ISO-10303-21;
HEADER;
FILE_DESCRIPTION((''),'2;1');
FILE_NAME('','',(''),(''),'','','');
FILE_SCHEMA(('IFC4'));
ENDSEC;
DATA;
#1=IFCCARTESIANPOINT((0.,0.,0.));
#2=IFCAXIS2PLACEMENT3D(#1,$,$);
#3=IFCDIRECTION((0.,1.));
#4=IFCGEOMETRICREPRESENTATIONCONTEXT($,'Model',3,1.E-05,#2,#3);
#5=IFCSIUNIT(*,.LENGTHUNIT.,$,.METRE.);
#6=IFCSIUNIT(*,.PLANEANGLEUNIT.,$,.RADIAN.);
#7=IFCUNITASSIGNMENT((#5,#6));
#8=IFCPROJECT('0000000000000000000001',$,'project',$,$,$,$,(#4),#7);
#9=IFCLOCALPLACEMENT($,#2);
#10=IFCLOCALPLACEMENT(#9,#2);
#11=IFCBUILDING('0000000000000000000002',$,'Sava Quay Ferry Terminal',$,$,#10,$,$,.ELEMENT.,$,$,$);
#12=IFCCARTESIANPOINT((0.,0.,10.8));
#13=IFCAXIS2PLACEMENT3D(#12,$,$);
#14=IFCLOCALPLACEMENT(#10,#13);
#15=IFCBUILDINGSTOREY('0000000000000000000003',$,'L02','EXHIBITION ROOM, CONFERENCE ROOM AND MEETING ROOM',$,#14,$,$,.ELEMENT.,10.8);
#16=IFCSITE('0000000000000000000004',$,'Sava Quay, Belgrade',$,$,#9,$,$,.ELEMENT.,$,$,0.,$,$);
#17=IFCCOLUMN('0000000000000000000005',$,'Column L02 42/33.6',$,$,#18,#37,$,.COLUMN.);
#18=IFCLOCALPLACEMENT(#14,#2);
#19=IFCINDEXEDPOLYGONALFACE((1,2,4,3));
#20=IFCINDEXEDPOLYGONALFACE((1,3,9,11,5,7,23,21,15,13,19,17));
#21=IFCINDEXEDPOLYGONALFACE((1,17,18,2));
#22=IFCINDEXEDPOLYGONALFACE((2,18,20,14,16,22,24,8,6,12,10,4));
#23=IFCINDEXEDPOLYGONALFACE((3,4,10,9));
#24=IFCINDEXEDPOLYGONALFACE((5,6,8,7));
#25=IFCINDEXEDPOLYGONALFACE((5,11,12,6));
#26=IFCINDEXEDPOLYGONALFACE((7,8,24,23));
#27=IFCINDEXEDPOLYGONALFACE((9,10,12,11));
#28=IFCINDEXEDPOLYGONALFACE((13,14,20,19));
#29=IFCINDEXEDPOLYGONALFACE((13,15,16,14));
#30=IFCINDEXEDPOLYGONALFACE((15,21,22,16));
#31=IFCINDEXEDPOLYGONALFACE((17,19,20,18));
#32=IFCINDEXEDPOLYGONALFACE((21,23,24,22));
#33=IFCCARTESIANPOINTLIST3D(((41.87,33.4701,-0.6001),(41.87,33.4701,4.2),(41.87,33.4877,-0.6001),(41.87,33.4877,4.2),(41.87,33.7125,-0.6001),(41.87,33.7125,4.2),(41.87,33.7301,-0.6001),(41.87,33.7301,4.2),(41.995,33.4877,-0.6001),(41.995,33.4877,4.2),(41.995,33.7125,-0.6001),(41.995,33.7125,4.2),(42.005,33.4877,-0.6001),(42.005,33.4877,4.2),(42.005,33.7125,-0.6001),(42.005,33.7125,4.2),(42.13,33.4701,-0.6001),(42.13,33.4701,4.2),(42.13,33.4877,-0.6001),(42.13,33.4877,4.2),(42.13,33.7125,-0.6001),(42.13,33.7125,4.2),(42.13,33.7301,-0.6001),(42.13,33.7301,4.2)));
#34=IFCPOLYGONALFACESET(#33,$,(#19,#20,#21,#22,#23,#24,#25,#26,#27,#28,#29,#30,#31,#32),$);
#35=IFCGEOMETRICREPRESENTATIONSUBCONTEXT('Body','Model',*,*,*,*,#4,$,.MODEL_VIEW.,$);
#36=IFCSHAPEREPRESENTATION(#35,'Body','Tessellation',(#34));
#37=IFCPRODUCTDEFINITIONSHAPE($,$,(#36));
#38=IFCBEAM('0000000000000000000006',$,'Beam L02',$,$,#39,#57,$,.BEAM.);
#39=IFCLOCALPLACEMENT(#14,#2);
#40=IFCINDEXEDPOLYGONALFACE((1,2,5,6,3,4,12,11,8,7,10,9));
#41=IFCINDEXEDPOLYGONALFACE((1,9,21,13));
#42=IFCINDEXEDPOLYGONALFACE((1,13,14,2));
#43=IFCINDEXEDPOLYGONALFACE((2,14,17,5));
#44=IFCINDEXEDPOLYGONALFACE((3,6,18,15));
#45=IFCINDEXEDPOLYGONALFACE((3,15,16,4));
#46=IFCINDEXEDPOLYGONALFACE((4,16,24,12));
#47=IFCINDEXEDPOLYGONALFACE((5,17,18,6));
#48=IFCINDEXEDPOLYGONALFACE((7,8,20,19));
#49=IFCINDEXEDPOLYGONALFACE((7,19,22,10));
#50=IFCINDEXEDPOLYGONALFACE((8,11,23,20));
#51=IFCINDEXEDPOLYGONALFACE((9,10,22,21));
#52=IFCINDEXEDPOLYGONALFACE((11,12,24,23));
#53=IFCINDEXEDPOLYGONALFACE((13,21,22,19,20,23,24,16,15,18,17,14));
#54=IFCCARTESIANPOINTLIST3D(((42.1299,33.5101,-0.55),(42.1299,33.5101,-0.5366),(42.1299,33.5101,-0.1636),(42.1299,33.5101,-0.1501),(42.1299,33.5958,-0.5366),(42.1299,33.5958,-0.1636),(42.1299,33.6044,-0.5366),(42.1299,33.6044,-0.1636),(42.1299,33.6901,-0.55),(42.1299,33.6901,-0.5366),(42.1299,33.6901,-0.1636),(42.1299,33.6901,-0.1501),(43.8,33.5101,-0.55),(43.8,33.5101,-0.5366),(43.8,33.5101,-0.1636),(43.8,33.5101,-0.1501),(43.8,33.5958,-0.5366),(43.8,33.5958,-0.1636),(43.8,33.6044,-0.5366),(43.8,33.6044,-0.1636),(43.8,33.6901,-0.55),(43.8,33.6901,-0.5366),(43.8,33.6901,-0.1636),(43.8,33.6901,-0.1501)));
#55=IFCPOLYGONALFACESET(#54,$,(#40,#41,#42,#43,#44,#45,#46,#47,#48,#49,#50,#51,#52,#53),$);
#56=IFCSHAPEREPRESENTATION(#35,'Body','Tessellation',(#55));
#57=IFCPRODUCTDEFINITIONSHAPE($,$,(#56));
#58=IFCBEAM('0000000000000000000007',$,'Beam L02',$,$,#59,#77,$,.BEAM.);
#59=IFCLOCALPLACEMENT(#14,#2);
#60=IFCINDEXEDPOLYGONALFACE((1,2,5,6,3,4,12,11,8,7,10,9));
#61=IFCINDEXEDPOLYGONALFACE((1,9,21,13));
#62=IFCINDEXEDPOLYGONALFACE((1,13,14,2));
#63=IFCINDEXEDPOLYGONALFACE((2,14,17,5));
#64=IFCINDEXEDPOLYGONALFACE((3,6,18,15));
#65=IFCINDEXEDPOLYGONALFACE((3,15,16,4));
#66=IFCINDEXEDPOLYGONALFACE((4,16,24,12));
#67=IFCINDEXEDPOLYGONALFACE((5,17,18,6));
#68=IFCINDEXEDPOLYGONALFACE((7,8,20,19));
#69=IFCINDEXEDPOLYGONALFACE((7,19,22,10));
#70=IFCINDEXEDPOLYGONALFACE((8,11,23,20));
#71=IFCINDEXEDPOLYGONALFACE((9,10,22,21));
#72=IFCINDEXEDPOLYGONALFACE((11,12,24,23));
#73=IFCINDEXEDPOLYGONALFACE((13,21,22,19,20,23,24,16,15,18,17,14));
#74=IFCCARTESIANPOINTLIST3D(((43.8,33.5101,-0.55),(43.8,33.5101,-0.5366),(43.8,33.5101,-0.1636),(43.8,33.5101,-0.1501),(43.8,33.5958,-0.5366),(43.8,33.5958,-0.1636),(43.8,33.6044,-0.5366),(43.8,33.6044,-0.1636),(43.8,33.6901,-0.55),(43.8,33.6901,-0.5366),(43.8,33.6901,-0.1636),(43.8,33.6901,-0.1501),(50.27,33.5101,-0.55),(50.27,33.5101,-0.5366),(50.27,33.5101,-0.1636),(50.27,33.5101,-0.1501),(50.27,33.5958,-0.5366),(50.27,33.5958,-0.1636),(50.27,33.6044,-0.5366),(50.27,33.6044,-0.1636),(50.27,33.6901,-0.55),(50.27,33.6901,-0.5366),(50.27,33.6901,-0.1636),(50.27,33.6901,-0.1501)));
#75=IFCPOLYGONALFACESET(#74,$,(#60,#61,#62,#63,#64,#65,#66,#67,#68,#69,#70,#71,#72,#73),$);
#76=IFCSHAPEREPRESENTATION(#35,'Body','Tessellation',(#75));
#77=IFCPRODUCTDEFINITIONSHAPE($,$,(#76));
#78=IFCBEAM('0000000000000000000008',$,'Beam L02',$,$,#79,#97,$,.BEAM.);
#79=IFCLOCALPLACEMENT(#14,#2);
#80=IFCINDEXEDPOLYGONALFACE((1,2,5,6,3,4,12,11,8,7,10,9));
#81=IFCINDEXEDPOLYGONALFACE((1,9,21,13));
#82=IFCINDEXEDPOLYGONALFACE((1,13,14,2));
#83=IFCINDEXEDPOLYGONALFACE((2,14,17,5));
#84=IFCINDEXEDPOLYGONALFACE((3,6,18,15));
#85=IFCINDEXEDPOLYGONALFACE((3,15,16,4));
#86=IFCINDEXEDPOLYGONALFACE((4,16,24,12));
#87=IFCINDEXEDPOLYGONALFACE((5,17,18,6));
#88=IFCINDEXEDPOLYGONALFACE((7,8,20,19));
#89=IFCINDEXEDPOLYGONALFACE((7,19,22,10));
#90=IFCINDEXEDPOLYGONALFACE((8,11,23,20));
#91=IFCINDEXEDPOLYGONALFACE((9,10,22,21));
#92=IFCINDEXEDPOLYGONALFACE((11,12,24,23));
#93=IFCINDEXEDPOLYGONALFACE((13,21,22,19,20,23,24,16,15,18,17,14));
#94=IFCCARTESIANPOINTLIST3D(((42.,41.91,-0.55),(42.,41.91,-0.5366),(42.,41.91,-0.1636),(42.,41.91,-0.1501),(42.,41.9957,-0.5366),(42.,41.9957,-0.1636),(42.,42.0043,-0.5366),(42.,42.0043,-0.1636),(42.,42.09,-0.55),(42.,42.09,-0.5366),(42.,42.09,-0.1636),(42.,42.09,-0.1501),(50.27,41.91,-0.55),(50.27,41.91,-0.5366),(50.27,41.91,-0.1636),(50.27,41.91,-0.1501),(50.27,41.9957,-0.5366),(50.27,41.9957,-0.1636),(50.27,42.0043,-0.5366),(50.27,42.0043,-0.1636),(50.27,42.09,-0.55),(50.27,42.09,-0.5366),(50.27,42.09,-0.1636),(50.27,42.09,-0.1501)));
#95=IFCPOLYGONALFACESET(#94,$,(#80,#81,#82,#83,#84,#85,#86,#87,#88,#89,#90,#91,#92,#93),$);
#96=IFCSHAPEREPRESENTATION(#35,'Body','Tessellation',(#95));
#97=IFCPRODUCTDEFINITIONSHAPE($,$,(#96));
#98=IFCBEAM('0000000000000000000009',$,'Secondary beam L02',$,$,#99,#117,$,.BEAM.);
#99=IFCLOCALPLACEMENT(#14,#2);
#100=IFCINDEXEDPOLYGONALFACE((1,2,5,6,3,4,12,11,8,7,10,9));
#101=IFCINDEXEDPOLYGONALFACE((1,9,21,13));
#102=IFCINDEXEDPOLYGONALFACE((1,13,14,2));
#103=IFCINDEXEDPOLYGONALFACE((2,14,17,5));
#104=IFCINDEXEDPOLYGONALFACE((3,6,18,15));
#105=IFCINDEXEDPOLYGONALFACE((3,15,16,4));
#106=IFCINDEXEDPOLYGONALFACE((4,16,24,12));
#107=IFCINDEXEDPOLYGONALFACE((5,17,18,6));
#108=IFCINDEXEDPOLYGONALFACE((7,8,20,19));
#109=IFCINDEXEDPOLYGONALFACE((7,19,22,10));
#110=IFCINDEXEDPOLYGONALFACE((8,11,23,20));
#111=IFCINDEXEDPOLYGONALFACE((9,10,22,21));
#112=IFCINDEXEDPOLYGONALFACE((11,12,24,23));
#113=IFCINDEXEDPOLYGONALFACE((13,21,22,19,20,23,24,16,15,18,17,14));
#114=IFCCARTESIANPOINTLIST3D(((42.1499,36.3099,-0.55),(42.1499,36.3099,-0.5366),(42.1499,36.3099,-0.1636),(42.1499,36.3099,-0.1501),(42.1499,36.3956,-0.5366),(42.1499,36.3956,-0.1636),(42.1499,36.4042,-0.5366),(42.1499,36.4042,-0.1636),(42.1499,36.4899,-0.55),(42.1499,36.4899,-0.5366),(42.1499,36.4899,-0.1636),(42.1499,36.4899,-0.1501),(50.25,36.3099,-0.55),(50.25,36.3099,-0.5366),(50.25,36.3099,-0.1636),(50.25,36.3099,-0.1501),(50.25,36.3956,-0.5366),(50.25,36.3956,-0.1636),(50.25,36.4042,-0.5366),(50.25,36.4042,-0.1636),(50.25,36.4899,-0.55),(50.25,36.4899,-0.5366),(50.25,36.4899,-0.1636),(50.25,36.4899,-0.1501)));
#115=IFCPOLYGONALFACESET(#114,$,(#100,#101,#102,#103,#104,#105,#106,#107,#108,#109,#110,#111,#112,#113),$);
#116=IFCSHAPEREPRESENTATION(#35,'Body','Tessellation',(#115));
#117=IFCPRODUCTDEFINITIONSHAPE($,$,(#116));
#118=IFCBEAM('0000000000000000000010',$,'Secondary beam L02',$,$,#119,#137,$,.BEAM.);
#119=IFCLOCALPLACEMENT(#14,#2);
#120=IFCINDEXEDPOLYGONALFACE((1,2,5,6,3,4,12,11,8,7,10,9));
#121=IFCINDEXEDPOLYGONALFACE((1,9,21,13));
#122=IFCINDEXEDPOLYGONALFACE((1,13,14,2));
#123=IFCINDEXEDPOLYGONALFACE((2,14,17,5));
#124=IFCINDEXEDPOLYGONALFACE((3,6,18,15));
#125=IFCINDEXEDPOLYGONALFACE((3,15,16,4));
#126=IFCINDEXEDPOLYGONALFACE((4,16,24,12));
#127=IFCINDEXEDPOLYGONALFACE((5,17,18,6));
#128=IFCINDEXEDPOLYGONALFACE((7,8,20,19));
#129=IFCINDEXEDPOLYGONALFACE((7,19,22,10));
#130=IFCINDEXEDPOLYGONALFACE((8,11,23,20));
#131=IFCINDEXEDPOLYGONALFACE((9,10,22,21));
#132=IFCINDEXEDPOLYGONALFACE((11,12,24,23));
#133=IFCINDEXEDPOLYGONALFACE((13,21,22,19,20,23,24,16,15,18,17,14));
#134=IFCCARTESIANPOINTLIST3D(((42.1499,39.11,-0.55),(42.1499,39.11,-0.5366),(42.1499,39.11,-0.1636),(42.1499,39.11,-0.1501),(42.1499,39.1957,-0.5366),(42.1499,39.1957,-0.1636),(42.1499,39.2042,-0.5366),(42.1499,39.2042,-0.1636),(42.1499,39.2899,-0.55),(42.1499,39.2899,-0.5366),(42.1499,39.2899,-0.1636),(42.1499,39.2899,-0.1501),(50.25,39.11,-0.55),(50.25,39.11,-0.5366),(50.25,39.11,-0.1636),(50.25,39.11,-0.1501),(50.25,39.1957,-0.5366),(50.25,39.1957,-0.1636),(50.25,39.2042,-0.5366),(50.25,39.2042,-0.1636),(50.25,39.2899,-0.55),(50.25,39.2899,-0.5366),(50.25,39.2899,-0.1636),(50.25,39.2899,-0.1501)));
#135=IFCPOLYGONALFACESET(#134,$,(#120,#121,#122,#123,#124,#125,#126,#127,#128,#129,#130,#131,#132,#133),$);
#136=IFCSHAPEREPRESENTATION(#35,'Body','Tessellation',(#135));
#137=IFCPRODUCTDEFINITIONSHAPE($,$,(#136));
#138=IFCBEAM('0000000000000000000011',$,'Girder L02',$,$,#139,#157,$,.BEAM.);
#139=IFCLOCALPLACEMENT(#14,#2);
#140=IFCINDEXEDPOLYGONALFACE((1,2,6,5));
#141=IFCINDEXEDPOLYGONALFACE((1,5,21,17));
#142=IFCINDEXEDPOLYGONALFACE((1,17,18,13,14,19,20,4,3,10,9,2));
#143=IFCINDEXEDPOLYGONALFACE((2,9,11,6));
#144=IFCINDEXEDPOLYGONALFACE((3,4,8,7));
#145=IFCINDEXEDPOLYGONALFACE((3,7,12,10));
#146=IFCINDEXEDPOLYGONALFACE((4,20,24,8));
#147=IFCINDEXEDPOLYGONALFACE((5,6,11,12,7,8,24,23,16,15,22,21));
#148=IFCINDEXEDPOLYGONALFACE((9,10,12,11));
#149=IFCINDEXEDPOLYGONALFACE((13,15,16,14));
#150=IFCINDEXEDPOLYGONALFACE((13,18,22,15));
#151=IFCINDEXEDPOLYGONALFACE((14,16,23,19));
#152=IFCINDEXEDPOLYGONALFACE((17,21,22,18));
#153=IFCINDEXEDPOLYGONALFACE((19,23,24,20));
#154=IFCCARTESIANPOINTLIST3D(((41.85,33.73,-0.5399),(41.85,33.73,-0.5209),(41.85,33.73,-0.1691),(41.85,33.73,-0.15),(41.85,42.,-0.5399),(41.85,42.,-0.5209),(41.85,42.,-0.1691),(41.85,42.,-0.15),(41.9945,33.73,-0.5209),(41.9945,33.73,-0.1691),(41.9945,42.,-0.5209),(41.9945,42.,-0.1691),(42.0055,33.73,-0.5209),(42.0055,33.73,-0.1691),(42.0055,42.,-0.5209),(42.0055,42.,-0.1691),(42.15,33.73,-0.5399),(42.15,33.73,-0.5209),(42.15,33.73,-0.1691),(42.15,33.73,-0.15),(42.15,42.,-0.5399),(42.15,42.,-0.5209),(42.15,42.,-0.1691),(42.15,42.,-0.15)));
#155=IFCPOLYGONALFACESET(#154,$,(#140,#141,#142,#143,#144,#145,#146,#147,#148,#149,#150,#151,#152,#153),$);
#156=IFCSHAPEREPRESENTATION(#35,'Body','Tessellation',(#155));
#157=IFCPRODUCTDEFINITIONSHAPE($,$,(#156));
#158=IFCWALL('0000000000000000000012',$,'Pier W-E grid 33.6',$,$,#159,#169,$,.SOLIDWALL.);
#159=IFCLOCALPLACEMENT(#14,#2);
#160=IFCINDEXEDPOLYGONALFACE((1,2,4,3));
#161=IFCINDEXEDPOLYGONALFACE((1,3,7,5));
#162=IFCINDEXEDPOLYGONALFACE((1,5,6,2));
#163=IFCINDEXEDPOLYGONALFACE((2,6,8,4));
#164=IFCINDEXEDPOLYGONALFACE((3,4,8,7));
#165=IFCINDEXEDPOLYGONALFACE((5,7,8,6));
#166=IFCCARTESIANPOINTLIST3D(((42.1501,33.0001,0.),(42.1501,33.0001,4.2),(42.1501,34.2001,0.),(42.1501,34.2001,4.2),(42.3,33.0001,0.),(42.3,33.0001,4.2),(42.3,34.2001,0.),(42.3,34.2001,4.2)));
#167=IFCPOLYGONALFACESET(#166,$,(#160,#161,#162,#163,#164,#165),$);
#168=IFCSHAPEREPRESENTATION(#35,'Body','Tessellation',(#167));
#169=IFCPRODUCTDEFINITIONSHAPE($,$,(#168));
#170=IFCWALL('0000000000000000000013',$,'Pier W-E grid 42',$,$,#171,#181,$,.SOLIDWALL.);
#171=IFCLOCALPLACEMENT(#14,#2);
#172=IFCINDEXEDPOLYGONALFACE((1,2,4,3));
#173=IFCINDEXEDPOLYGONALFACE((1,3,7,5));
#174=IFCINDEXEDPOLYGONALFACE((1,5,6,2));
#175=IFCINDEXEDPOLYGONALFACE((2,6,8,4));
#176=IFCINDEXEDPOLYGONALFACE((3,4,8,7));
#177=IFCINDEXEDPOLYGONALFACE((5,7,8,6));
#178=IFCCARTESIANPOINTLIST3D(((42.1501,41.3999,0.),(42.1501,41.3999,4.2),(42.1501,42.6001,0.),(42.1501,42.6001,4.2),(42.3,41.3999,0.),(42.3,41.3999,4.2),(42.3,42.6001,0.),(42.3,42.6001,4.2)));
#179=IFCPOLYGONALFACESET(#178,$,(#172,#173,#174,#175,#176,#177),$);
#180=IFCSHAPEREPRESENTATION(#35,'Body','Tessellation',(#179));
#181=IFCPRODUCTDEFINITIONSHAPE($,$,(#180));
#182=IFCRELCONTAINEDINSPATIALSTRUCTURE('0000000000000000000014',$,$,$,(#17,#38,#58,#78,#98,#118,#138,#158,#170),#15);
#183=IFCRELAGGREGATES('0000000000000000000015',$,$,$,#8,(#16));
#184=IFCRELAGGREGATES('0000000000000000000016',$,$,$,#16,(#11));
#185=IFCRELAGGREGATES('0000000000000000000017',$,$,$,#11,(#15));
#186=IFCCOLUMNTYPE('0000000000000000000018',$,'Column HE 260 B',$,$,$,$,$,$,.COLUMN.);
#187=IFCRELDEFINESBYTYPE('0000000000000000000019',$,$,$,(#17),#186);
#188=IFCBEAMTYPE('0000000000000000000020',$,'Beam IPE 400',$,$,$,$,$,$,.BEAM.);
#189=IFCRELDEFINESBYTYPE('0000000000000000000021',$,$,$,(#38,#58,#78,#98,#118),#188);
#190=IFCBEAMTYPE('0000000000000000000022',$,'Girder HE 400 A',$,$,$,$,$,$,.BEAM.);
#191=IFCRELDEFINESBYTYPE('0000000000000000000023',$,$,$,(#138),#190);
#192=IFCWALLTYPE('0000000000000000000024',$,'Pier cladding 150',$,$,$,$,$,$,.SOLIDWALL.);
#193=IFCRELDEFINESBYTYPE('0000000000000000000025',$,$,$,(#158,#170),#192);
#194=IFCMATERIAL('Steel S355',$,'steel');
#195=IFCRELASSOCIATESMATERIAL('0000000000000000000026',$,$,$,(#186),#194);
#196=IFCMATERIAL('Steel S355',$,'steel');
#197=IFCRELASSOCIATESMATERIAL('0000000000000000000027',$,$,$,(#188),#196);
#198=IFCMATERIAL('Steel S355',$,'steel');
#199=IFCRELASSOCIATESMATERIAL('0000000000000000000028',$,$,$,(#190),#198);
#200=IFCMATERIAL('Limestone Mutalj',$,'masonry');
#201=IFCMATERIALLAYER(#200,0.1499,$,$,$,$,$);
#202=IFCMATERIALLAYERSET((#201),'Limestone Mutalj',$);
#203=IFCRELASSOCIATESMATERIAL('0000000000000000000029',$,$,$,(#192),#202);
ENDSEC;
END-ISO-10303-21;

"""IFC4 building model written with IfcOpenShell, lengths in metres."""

from ifc_helpers import new_model, si_unit, direction, frame, frame_2d, origin, origin_2d, place, context, subcontext, project, spatial, rectangle, i_section, extrude, material, layer, layer_set, material_profile, profile_set, type_object, element, save


model = new_model("IFC4")

# Units and contexts
model_context = context("Model", 3, precision=1e-05, world=origin(), true_north=direction((0.0, 1.0)))
body_context = subcontext(model_context, "Body", "Model", "MODEL_VIEW")
ifc_project = project(units=[si_unit("LENGTHUNIT", "METRE"), si_unit("PLANEANGLEUNIT", "RADIAN")], contexts=[model_context])

# Site, building, storey
site_placement = place(None, origin())
site = spatial("IfcSite", under=ifc_project, at=site_placement, Name="Sava Quay, Belgrade", CompositionType="ELEMENT", RefElevation=0.0)
building_placement = place(site_placement, origin())
building = spatial("IfcBuilding", under=site, at=building_placement, Name="Sava Quay Ferry Terminal", CompositionType="ELEMENT")
storey_placement = place(building_placement, frame((0.0, 0.0, 10.8)))
storey = spatial("IfcBuildingStorey", under=building, at=storey_placement, Name="L02", Description="EXHIBITION ROOM, CONFERENCE ROOM AND MEETING ROOM", CompositionType="ELEMENT", Elevation=10.8)

# Column
ifc_material_1 = material(Name="Steel S355", Category="steel")
ifc_material_profile_1 = material_profile(ifc_material_1, i_section(OverallWidth=0.26, OverallDepth=0.26, WebThickness=0.01, FlangeThickness=0.0176, at=origin_2d()), Name="HE 260 B")
ifc_profile_set_1 = profile_set([ifc_material_profile_1], Name="Steel S355")
column_type = type_object("IfcColumnType", Name="Column HE 260 B", PredefinedType="COLUMN", material=ifc_profile_set_1)
column_placement = place(storey_placement, frame((42.0, 33.6001, -0.6001), z_axis=(0.0, 0.0, 1.0), x_axis=(1.0, 0.0, 0.0)))
element("IfcColumn", 1, at=column_placement, inside=storey, type_object=column_type, Name="Column L02 42/33.6", PredefinedType="COLUMN", context=body_context, shape_type="SweptSolid", body=[
    extrude(i_section(OverallWidth=0.26, OverallDepth=0.26, WebThickness=0.01, FlangeThickness=0.0176, at=origin_2d()), origin(), (0.0, 0.0, 1.0), 4.8),
])

# Beams
ifc_material_2 = material(Name="Steel S355", Category="steel")
ifc_material_profile_2 = material_profile(ifc_material_2, i_section(OverallWidth=0.1799, OverallDepth=0.3999, WebThickness=0.0085, FlangeThickness=0.0134, at=origin_2d()), Name="IPE 400")
ifc_profile_set_2 = profile_set([ifc_material_profile_2], Name="Steel S355")
beam_type_1 = type_object("IfcBeamType", Name="Beam IPE 400", PredefinedType="BEAM", material=ifc_profile_set_2)
beam_1_placement = place(storey_placement, frame((42.1299, 33.6001, -0.3501), z_axis=(1.0, 0.0, 0.0), x_axis=(0.0, 1.0, 0.0)))
element("IfcBeam", 2, at=beam_1_placement, inside=storey, type_object=beam_type_1, Name="Beam L02", PredefinedType="BEAM", context=body_context, shape_type="SweptSolid", body=[
    extrude(i_section(OverallWidth=0.1799, OverallDepth=0.3999, WebThickness=0.0085, FlangeThickness=0.0134, at=origin_2d()), origin(), (0.0, 0.0, 1.0), 1.6702),
])
beam_2_placement = place(storey_placement, frame((43.8, 33.6001, -0.3501), z_axis=(1.0, 0.0, 0.0), x_axis=(0.0, 1.0, 0.0)))
element("IfcBeam", 3, at=beam_2_placement, inside=storey, type_object=beam_type_1, Name="Beam L02", PredefinedType="BEAM", context=body_context, shape_type="SweptSolid", body=[
    extrude(i_section(OverallWidth=0.1799, OverallDepth=0.3999, WebThickness=0.0085, FlangeThickness=0.0134, at=origin_2d()), origin(), (0.0, 0.0, 1.0), 6.47),
])
beam_3_placement = place(storey_placement, frame((42.0, 42.0, -0.3501), z_axis=(1.0, 0.0, 0.0), x_axis=(0.0, 1.0, 0.0)))
element("IfcBeam", 4, at=beam_3_placement, inside=storey, type_object=beam_type_1, Name="Beam L02", PredefinedType="BEAM", context=body_context, shape_type="SweptSolid", body=[
    extrude(i_section(OverallWidth=0.1799, OverallDepth=0.3999, WebThickness=0.0085, FlangeThickness=0.0134, at=origin_2d()), origin(), (0.0, 0.0, 1.0), 8.27),
])
for number, where, z_axis, x_axis, name in (
    (5, (42.1499, 36.3999, -0.3501), (1.0, 0.0, 0.0), (0.0, 1.0, 0.0), "Secondary beam L02"),
    (6, (42.1499, 39.2, -0.3501), (1.0, 0.0, 0.0), (0.0, 1.0, 0.0), "Secondary beam L02"),
):
    element("IfcBeam", number, at=place(storey_placement, frame(where, z_axis=z_axis, x_axis=x_axis)), inside=storey, type_object=beam_type_1, Name=name, PredefinedType="BEAM", context=body_context, shape_type="SweptSolid", body=[
        extrude(i_section(OverallWidth=0.1799, OverallDepth=0.3999, WebThickness=0.0085, FlangeThickness=0.0134, at=origin_2d()), origin(), (0.0, 0.0, 1.0), 8.1001),
    ])
ifc_material_3 = material(Name="Steel S355", Category="steel")
ifc_material_profile_3 = material_profile(ifc_material_3, i_section(OverallWidth=0.3, OverallDepth=0.3899, WebThickness=0.011, FlangeThickness=0.019, at=origin_2d()), Name="HE 400 A")
ifc_profile_set_3 = profile_set([ifc_material_profile_3], Name="Steel S355")
beam_type_2 = type_object("IfcBeamType", Name="Girder HE 400 A", PredefinedType="BEAM", material=ifc_profile_set_3)
beam_4_placement = place(storey_placement, frame((42.0, 33.73, -0.345), z_axis=(0.0, 1.0, 0.0), x_axis=(-1.0, 0.0, 0.0)))
element("IfcBeam", 7, at=beam_4_placement, inside=storey, type_object=beam_type_2, Name="Girder L02", PredefinedType="BEAM", context=body_context, shape_type="SweptSolid", body=[
    extrude(i_section(OverallWidth=0.3, OverallDepth=0.3899, WebThickness=0.011, FlangeThickness=0.019, at=origin_2d()), origin(), (0.0, 0.0, 1.0), 8.27),
])

# Walls
ifc_material_4 = material(Name="Limestone Mutalj", Category="masonry")
ifc_layer_1 = layer(ifc_material_4, 0.1499)
ifc_layer_set_1 = layer_set([ifc_layer_1], Name="Limestone Mutalj")
wall_type_1 = type_object("IfcWallType", Name="Pier cladding 150", PredefinedType="SOLIDWALL", material=ifc_layer_set_1)
wall_1_placement = place(storey_placement, frame((42.2251, 33.0, 0.0), z_axis=(0.0, 0.0, 1.0), x_axis=(0.0, 1.0, 0.0)))
element("IfcWall", 8, at=wall_1_placement, inside=storey, type_object=wall_type_1, Name="Pier W-E grid 33.6", PredefinedType="SOLIDWALL", context=body_context, shape_type="SweptSolid", body=[
    extrude(rectangle(XDim=1.2, YDim=0.1499, at=frame_2d((0.6001, 0.0))), origin(), (0.0, 0.0, 1.0), 4.2),
])
wall_2_placement = place(storey_placement, frame((42.2251, 41.3999, 0.0), z_axis=(0.0, 0.0, 1.0), x_axis=(0.0, 1.0, 0.0)))
element("IfcWall", 9, at=wall_2_placement, inside=storey, type_object=wall_type_1, Name="Pier W-E grid 42", PredefinedType="SOLIDWALL", context=body_context, shape_type="SweptSolid", body=[
    extrude(rectangle(XDim=1.2002, YDim=0.1499, at=frame_2d((0.6001, 0.0))), origin(), (0.0, 0.0, 1.0), 4.2),
])

save(model, "model.ifc")
